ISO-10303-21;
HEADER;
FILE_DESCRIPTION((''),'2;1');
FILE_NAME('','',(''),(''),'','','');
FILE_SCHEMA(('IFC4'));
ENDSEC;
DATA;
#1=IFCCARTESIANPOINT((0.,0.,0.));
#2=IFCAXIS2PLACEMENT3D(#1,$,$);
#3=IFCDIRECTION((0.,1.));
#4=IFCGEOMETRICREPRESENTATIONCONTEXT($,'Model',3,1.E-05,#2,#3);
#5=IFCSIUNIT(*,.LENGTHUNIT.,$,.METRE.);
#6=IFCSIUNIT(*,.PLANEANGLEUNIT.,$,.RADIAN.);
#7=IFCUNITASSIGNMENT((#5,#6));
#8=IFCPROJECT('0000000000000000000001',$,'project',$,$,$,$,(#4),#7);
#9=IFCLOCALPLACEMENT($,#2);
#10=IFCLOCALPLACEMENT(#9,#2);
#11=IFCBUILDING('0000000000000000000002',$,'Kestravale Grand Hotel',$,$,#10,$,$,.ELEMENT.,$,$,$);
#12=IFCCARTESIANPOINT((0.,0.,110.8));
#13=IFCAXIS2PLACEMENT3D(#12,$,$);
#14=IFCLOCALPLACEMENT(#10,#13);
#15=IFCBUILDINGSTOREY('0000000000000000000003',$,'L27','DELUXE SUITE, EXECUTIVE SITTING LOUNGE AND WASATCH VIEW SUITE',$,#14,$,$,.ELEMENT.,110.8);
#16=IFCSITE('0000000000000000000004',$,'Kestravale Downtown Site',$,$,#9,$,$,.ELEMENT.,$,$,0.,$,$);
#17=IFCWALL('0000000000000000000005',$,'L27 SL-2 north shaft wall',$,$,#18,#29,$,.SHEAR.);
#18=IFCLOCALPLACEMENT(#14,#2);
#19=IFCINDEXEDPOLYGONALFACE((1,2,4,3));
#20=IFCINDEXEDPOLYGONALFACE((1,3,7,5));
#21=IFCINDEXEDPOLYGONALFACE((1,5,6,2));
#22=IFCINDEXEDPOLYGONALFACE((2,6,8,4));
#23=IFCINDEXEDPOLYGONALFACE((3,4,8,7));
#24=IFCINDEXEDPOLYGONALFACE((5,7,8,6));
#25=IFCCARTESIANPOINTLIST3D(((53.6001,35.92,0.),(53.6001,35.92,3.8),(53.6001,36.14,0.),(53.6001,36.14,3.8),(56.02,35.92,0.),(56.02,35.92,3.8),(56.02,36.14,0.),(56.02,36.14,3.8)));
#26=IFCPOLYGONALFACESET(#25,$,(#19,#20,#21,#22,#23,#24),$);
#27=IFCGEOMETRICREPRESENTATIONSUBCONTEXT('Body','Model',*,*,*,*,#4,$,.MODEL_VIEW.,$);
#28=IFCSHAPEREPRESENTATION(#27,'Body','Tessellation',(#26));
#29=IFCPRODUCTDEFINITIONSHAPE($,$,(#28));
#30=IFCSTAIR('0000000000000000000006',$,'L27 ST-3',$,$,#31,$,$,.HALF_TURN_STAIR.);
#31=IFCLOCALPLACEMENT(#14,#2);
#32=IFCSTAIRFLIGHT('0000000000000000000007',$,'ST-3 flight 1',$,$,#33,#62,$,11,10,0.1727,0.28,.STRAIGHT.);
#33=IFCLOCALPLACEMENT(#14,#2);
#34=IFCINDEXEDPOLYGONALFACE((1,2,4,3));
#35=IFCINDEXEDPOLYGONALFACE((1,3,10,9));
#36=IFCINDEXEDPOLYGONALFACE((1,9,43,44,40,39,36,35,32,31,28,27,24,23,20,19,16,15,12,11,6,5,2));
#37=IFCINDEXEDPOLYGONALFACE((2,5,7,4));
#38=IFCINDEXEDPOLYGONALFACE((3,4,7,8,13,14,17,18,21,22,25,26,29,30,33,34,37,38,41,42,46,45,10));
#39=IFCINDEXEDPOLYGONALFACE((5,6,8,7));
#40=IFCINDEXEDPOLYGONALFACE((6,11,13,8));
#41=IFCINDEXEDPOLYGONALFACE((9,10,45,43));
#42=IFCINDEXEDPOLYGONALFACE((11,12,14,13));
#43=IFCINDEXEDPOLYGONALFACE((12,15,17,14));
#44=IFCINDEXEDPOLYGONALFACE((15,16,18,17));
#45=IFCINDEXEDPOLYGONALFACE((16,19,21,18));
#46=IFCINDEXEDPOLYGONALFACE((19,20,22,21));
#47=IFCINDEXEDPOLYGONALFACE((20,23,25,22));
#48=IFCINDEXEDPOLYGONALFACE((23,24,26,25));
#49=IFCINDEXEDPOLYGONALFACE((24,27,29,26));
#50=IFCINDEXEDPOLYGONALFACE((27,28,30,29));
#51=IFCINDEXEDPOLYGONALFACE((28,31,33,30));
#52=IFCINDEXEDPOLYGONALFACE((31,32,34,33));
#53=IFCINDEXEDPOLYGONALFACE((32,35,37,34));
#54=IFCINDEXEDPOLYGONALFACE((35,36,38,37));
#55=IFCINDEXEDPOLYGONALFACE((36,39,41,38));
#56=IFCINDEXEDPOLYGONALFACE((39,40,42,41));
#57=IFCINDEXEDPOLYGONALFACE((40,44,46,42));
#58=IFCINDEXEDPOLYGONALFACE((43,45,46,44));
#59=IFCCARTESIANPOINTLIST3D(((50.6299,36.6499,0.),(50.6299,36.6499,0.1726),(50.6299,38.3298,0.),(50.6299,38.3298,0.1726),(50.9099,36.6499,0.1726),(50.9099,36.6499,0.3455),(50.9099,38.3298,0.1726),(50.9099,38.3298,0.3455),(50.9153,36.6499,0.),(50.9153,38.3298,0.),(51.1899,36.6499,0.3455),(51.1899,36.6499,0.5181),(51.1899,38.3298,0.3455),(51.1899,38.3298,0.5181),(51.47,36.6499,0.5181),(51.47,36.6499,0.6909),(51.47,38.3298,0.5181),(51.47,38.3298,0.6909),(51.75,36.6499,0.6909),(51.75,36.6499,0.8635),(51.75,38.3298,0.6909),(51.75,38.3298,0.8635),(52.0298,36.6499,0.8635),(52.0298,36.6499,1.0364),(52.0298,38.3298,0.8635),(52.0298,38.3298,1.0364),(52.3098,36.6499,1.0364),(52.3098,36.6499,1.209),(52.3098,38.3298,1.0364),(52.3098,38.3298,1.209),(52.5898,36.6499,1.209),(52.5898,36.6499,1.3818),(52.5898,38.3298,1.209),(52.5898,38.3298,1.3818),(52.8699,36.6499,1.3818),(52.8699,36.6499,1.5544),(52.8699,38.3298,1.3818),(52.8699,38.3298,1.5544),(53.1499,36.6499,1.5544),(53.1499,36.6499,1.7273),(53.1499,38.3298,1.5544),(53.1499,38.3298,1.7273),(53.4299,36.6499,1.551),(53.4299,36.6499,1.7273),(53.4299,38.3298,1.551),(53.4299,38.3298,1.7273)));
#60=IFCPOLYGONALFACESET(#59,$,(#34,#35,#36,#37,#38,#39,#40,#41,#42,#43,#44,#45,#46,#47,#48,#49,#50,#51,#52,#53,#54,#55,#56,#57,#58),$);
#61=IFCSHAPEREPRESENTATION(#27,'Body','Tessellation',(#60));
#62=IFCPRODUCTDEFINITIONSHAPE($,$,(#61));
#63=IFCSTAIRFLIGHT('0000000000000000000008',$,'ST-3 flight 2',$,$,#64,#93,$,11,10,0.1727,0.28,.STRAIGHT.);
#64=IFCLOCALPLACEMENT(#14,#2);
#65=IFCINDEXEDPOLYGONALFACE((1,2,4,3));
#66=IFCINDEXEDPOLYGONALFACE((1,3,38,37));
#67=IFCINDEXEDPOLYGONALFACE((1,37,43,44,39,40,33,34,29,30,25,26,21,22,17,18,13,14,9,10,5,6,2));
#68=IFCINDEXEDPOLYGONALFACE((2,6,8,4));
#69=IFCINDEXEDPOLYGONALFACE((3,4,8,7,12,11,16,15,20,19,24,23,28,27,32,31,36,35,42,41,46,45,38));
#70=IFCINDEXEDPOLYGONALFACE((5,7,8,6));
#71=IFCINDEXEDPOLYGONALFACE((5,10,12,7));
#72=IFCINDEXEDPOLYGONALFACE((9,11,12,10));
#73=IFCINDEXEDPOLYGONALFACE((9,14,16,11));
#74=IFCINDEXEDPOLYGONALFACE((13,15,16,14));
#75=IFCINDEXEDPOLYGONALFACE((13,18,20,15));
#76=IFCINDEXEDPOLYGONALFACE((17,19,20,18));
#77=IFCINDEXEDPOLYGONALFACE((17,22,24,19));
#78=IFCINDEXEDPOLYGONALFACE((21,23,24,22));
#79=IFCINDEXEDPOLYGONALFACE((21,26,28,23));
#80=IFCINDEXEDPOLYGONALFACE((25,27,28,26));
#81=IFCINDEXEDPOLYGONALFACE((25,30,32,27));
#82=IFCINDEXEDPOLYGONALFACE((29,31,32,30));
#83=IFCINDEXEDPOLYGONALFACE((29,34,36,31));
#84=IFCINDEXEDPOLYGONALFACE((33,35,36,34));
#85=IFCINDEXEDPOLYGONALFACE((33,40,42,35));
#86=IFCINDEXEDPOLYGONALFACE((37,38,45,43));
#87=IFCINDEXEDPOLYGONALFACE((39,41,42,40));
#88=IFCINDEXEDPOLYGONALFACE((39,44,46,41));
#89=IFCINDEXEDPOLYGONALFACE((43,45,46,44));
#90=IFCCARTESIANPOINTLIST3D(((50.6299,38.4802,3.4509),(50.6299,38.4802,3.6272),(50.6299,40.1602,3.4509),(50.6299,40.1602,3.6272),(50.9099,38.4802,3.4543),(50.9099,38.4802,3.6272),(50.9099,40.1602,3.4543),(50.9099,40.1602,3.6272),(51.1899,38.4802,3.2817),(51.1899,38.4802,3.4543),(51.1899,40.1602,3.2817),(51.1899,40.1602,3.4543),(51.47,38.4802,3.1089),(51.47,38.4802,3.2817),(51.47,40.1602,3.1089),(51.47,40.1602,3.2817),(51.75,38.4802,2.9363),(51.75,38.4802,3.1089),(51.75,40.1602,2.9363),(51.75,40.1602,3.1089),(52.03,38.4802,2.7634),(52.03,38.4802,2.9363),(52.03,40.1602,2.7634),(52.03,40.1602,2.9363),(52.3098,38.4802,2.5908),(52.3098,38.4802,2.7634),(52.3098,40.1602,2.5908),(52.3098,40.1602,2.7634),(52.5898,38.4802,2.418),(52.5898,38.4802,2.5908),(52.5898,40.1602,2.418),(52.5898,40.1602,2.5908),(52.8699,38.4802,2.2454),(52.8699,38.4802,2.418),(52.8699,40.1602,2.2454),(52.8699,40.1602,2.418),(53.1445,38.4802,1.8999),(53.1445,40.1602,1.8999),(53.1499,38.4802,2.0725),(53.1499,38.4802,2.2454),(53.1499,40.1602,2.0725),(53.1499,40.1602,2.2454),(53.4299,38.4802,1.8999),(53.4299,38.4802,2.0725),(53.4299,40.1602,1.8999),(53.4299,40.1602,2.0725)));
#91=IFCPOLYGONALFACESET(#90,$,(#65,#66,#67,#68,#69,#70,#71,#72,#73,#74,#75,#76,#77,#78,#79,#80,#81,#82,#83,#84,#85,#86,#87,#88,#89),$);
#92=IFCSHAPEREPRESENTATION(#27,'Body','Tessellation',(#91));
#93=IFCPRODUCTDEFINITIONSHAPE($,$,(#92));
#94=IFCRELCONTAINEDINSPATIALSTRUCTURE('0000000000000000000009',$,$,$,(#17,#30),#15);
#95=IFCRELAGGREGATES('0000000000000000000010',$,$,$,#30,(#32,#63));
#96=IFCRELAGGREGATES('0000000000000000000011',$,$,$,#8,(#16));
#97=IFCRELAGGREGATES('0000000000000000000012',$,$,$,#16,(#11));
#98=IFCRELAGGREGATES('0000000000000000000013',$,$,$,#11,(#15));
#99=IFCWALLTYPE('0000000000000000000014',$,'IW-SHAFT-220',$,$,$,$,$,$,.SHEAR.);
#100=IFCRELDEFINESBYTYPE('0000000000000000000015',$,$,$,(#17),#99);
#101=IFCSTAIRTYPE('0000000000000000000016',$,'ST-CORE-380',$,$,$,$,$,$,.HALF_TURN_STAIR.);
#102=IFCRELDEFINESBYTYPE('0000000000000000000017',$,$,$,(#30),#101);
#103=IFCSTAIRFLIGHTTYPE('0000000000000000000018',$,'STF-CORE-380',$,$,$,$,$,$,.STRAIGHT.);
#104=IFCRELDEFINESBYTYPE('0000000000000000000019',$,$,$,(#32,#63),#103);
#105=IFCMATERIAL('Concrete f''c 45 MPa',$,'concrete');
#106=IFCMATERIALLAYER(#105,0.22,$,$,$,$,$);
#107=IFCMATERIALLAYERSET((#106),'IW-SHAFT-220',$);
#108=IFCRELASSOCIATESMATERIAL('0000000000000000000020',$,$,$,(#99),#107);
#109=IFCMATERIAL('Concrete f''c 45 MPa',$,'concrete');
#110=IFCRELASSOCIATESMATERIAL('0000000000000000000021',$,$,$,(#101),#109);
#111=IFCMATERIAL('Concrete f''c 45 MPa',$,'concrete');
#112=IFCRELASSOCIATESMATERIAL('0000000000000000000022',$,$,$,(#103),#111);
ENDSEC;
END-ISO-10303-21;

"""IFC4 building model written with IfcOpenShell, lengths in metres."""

from ifc_helpers import new_model, si_unit, direction, frame, frame_2d, origin, place, context, subcontext, project, spatial, polyline, rectangle, outline, extrude, material, layer, layer_set, type_object, element, aggregate, save


model = new_model("IFC4")

# Units and contexts
model_context = context("Model", 3, precision=1e-05, world=origin(), true_north=direction((0.0, 1.0)))
body_context = subcontext(model_context, "Body", "Model", "MODEL_VIEW")
ifc_project = project(units=[si_unit("LENGTHUNIT", "METRE"), si_unit("PLANEANGLEUNIT", "RADIAN")], contexts=[model_context])

# Site, building, storey
site_placement = place(None, origin())
site = spatial("IfcSite", under=ifc_project, at=site_placement, Name="Kestravale Downtown Site", CompositionType="ELEMENT", RefElevation=0.0)
building_placement = place(site_placement, origin())
building = spatial("IfcBuilding", under=site, at=building_placement, Name="Kestravale Grand Hotel", CompositionType="ELEMENT")
storey_placement = place(building_placement, frame((0.0, 0.0, 110.8)))
storey = spatial("IfcBuildingStorey", under=building, at=storey_placement, Name="L27", Description="DELUXE SUITE, EXECUTIVE SITTING LOUNGE AND WASATCH VIEW SUITE", CompositionType="ELEMENT", Elevation=110.8)

# Shared definitions
ifc_material_1 = material(Name="Concrete f'c 45 MPa", Category="concrete")
ifc_layer_1 = layer(ifc_material_1, 0.22)
ifc_layer_set_1 = layer_set([ifc_layer_1], Name="IW-SHAFT-220")
wall_type_1 = type_object("IfcWallType", Name="IW-SHAFT-220", PredefinedType="SHEAR", material=ifc_layer_set_1)

# Wall
wall_1_placement = place(storey_placement, frame((53.6001, 36.03, 0.0), z_axis=(0.0, 0.0, 1.0), x_axis=(1.0, 0.0, 0.0)))
element("IfcWall", 1, at=wall_1_placement, inside=storey, type_object=wall_type_1, Name="L27 SL-2 north shaft wall", PredefinedType="SHEAR", context=body_context, shape_type="SweptSolid", body=[
    extrude(rectangle(XDim=2.4199, YDim=0.22, at=frame_2d((1.21, 0.0))), origin(), (0.0, 0.0, 1.0), 3.8),
])

# Stair, stair flights
ifc_material_2 = material(Name="Concrete f'c 45 MPa", Category="concrete")
stair_type = type_object("IfcStairType", Name="ST-CORE-380", PredefinedType="HALF_TURN_STAIR", material=ifc_material_2)
stair_placement = place(storey_placement, origin())
stair = element("IfcStair", 2, at=stair_placement, inside=storey, type_object=stair_type, Name="L27 ST-3", PredefinedType="HALF_TURN_STAIR")
ifc_material_3 = material(Name="Concrete f'c 45 MPa", Category="concrete")
stair_flight_type = type_object("IfcStairFlightType", Name="STF-CORE-380", PredefinedType="STRAIGHT", material=ifc_material_3)
stair_flight_1_placement = place(storey_placement, frame((50.6299, 37.49, 0.0), z_axis=(0.0, 0.0, 1.0), x_axis=(1.0, 0.0, 0.0)))
stair_flight_1 = element("IfcStairFlight", 3, at=stair_flight_1_placement, type_object=stair_flight_type, Name="ST-3 flight 1", NumberOfRisers=11, NumberOfTreads=10, PredefinedType="STRAIGHT", RiserHeight=0.1727, TreadLength=0.28, context=body_context, shape_type="SweptSolid", body=[
    extrude(outline(polyline([(0.0, 0.0), (0.0, 0.1726), (0.28, 0.1726), (0.28, 0.3455), (0.5601, 0.3455), (0.5601, 0.5181), (0.8401, 0.5181), (0.8401, 0.6909), (1.1201, 0.6909), (1.1201, 0.8635), (1.3999, 0.8635), (1.3999, 1.0364), (1.6799, 1.0364), (1.6799, 1.209), (1.96, 1.209), (1.96, 1.3818), (2.24, 1.3818), (2.24, 1.5544), (2.52, 1.5544), (2.52, 1.7273), (2.8, 1.7273), (2.8, 1.8999), (2.8, 1.551), (0.2854, 0.0), (0.0, 0.0)])), frame((0.0, 0.8398, 0.0), z_axis=(0.0, -1.0, 0.0), x_axis=(1.0, 0.0, 0.0)), (0.0, 0.0, 1.0), 1.6799),
])
stair_flight_2_placement = place(storey_placement, frame((53.4299, 39.3201, 1.8999), z_axis=(0.0, 0.0, 1.0), x_axis=(-1.0, 0.0, 0.0)))
stair_flight_2 = element("IfcStairFlight", 4, at=stair_flight_2_placement, type_object=stair_flight_type, Name="ST-3 flight 2", NumberOfRisers=11, NumberOfTreads=10, PredefinedType="STRAIGHT", RiserHeight=0.1727, TreadLength=0.28, context=body_context, shape_type="SweptSolid", body=[
    extrude(outline(polyline([(0.0, 0.0), (0.0, 0.1726), (0.28, 0.1726), (0.28, 0.3455), (0.5601, 0.3455), (0.5601, 0.5181), (0.8401, 0.5181), (0.8401, 0.6909), (1.1201, 0.6909), (1.1201, 0.8635), (1.3999, 0.8635), (1.3999, 1.0364), (1.6799, 1.0364), (1.6799, 1.209), (1.96, 1.209), (1.96, 1.3818), (2.24, 1.3818), (2.24, 1.5544), (2.52, 1.5544), (2.52, 1.7273), (2.8, 1.7273), (2.8, 1.8999), (2.8, 1.551), (0.2854, 0.0), (0.0, 0.0)])), frame((0.0, 0.8398, 0.0), z_axis=(0.0, -1.0, 0.0), x_axis=(1.0, 0.0, 0.0)), (0.0, 0.0, 1.0), 1.6799),
])
aggregate(stair, [stair_flight_1, stair_flight_2])

save(model, "model.ifc")
